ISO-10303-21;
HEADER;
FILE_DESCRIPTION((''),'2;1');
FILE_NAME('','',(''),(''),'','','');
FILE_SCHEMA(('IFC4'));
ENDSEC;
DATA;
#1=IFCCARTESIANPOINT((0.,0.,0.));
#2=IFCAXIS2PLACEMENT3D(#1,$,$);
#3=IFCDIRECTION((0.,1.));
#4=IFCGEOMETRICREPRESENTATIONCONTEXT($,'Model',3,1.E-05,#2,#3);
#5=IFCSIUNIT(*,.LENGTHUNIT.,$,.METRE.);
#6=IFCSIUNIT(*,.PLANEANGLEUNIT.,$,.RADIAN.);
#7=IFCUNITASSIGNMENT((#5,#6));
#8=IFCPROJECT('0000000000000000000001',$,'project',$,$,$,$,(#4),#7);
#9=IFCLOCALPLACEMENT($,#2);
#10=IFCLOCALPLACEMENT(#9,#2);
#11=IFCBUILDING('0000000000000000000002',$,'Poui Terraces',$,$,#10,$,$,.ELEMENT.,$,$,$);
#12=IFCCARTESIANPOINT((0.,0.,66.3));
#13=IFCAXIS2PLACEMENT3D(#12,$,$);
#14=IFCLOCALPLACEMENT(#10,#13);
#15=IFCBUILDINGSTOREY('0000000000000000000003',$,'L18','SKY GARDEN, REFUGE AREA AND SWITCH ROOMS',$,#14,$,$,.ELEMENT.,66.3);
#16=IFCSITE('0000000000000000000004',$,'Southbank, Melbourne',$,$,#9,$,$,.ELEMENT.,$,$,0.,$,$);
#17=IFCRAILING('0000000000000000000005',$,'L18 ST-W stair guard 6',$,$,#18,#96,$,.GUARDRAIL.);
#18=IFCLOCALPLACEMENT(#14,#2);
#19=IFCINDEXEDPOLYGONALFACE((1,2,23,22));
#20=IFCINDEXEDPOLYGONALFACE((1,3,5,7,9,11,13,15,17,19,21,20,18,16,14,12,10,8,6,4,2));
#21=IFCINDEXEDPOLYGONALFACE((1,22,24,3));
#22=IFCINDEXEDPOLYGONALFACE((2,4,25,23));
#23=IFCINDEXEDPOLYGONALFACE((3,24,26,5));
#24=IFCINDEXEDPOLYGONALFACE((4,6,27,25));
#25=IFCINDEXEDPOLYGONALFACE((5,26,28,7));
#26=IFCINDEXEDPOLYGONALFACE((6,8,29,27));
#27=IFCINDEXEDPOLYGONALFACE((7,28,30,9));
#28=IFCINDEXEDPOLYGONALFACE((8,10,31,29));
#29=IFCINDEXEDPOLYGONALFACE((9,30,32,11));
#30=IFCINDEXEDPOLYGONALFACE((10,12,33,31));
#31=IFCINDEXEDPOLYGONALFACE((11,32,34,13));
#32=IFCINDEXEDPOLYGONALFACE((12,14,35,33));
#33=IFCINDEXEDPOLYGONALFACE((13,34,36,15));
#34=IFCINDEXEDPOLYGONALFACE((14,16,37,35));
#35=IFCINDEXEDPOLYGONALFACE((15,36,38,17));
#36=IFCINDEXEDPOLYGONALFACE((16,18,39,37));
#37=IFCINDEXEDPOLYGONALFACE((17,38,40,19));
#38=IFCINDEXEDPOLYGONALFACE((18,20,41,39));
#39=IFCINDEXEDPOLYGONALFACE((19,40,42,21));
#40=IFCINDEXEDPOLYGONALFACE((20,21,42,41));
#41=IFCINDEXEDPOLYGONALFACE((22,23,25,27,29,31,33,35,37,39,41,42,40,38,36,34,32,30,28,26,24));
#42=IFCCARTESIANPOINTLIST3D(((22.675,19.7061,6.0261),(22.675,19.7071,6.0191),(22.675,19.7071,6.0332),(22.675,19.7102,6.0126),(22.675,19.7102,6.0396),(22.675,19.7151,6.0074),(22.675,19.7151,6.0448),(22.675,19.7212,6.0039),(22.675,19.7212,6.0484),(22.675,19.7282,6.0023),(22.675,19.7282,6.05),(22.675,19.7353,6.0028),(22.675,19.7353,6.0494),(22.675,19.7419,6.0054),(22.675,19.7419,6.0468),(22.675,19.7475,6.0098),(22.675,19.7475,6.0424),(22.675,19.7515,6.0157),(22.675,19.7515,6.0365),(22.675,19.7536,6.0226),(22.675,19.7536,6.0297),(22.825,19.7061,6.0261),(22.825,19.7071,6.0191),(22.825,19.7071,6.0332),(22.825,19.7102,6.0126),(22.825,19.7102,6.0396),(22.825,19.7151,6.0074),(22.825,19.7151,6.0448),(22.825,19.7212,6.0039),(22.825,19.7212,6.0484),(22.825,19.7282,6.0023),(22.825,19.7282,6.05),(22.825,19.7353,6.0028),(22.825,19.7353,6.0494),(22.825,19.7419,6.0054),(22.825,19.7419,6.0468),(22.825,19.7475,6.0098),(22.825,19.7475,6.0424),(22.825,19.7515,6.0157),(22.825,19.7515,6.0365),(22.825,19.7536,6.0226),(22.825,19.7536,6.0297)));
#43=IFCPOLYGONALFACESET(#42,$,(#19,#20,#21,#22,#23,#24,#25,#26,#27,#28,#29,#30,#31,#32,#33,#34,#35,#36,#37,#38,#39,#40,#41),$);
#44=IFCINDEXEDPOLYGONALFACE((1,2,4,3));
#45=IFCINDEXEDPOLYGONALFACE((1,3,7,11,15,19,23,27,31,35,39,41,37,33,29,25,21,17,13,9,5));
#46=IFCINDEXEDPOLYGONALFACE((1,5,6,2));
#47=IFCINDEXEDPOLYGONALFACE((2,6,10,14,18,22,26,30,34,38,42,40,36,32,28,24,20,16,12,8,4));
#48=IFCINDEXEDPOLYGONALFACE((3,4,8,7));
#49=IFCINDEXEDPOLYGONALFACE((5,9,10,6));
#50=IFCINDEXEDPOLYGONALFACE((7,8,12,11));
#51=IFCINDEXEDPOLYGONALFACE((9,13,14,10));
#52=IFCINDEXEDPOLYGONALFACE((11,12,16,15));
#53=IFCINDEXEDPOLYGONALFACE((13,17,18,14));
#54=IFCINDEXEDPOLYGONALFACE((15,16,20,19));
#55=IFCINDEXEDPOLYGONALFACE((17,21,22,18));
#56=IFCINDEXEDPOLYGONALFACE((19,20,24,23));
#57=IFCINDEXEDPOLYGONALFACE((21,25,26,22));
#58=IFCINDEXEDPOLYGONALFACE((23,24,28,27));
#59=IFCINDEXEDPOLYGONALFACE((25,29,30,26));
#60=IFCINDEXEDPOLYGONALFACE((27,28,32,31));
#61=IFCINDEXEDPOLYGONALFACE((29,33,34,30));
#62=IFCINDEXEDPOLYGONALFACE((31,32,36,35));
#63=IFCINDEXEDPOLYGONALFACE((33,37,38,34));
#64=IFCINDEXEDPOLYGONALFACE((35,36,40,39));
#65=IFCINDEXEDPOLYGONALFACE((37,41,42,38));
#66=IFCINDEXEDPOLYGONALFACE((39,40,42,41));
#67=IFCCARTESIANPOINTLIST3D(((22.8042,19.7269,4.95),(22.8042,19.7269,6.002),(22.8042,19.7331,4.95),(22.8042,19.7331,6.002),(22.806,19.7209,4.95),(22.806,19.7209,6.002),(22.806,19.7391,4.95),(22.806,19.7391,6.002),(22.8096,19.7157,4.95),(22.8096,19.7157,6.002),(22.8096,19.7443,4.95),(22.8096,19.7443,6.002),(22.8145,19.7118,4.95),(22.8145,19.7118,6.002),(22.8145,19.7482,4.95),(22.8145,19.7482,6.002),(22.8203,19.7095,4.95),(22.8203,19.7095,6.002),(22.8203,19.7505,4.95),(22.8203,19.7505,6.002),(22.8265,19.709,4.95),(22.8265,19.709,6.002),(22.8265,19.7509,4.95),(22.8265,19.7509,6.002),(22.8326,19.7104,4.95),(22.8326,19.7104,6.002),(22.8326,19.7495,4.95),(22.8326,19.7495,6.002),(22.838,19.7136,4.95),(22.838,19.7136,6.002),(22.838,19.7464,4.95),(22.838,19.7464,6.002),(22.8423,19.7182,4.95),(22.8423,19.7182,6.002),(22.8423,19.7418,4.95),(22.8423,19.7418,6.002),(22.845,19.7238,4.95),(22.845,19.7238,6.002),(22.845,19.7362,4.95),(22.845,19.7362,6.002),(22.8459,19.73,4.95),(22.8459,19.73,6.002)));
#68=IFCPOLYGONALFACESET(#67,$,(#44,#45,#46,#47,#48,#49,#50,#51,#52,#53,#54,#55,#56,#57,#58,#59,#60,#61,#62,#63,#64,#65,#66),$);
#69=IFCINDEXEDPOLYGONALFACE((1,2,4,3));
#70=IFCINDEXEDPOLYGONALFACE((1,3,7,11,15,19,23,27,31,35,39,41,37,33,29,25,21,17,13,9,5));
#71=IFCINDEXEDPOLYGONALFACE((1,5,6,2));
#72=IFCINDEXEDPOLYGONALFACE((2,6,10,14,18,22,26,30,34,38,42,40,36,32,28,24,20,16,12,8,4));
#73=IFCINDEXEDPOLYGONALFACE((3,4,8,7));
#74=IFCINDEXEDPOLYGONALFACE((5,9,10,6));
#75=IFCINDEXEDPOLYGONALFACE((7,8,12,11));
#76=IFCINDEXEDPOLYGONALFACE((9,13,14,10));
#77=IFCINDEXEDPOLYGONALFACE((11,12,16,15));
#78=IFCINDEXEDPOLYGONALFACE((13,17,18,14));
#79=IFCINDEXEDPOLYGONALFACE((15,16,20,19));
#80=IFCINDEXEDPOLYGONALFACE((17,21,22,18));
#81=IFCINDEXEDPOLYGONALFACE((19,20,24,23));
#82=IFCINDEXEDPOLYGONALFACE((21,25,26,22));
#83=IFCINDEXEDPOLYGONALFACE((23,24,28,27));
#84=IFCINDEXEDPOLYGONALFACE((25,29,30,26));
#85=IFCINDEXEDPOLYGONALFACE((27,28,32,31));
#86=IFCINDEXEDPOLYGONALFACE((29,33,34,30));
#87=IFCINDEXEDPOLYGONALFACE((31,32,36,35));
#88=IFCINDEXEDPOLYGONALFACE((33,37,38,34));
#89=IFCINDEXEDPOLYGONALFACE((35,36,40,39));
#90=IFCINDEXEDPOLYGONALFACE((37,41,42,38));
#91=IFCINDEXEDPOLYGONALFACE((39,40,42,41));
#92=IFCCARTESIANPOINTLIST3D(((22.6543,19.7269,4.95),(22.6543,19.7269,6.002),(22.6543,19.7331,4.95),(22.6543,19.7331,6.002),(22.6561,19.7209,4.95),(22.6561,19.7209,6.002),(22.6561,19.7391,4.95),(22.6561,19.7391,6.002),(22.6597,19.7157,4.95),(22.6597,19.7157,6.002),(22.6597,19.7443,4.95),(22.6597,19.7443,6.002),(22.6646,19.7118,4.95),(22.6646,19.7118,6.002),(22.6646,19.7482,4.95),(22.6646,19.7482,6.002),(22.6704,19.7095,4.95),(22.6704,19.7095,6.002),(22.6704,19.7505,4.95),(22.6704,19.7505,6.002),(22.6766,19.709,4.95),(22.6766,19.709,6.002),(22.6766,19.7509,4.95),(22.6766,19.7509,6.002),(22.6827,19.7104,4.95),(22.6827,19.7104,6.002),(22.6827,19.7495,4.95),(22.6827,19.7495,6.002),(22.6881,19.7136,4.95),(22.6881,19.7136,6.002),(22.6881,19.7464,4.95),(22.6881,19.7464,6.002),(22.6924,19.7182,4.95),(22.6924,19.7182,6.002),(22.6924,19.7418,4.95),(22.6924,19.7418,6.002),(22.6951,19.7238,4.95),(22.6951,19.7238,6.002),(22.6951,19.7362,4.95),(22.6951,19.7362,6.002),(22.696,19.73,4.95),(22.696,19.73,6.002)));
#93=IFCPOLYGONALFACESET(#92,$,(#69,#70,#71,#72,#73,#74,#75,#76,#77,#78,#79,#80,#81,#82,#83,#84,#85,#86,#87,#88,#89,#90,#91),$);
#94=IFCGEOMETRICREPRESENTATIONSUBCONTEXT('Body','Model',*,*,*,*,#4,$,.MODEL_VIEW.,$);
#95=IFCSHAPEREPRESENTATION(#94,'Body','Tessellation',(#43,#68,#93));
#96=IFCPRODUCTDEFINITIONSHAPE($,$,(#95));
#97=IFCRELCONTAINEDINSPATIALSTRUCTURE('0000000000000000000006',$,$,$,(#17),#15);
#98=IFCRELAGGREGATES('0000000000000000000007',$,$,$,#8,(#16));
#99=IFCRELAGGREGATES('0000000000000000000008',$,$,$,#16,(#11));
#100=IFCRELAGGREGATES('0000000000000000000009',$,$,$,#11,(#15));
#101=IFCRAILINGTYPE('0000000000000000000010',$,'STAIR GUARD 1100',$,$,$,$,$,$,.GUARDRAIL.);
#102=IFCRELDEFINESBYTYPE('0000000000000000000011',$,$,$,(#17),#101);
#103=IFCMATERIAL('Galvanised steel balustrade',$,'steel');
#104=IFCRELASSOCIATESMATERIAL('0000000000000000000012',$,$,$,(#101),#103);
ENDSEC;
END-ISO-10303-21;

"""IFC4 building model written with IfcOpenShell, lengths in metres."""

from ifc_helpers import new_model, si_unit, direction, frame, origin, origin_2d, place, context, subcontext, project, spatial, circle, extrude, material, type_object, element, save


model = new_model("IFC4")

# Units and contexts
model_context = context("Model", 3, precision=1e-05, world=origin(), true_north=direction((0.0, 1.0)))
body_context = subcontext(model_context, "Body", "Model", "MODEL_VIEW")
ifc_project = project(units=[si_unit("LENGTHUNIT", "METRE"), si_unit("PLANEANGLEUNIT", "RADIAN")], contexts=[model_context])

# Site, building, storey
site_placement = place(None, origin())
site = spatial("IfcSite", under=ifc_project, at=site_placement, Name="Southbank, Melbourne", CompositionType="ELEMENT", RefElevation=0.0)
building_placement = place(site_placement, origin())
building = spatial("IfcBuilding", under=site, at=building_placement, Name="Poui Terraces", CompositionType="ELEMENT")
storey_placement = place(building_placement, frame((0.0, 0.0, 66.3)))
storey = spatial("IfcBuildingStorey", under=building, at=storey_placement, Name="L18", Description="SKY GARDEN, REFUGE AREA AND SWITCH ROOMS", CompositionType="ELEMENT", Elevation=66.3)

# Railing
ifc_material_1 = material(Name="Galvanised steel balustrade", Category="steel")
railing_type_1 = type_object("IfcRailingType", Name="STAIR GUARD 1100", PredefinedType="GUARDRAIL", material=ifc_material_1)
railing_1_placement = place(storey_placement, frame((22.825, 19.73, 4.95)))
element("IfcRailing", 1, at=railing_1_placement, inside=storey, type_object=railing_type_1, Name="L18 ST-W stair guard 6", PredefinedType="GUARDRAIL", context=body_context, shape_type="SweptSolid", body=[
    extrude(circle(Radius=0.0239, at=origin_2d()), frame((0.0, 0.0, 1.0762), z_axis=(-1.0, 0.0, 0.0), x_axis=(0.0, -1.0, 0.0)), (0.0, 0.0, 1.0), 0.1499),
    extrude(circle(Radius=0.021, at=origin_2d()), origin(), (0.0, 0.0, 1.0), 1.052),
    extrude(circle(Radius=0.021, at=origin_2d()), frame((-0.1499, 0.0, 0.0)), (0.0, 0.0, 1.0), 1.052),
])

save(model, "model.ifc")
